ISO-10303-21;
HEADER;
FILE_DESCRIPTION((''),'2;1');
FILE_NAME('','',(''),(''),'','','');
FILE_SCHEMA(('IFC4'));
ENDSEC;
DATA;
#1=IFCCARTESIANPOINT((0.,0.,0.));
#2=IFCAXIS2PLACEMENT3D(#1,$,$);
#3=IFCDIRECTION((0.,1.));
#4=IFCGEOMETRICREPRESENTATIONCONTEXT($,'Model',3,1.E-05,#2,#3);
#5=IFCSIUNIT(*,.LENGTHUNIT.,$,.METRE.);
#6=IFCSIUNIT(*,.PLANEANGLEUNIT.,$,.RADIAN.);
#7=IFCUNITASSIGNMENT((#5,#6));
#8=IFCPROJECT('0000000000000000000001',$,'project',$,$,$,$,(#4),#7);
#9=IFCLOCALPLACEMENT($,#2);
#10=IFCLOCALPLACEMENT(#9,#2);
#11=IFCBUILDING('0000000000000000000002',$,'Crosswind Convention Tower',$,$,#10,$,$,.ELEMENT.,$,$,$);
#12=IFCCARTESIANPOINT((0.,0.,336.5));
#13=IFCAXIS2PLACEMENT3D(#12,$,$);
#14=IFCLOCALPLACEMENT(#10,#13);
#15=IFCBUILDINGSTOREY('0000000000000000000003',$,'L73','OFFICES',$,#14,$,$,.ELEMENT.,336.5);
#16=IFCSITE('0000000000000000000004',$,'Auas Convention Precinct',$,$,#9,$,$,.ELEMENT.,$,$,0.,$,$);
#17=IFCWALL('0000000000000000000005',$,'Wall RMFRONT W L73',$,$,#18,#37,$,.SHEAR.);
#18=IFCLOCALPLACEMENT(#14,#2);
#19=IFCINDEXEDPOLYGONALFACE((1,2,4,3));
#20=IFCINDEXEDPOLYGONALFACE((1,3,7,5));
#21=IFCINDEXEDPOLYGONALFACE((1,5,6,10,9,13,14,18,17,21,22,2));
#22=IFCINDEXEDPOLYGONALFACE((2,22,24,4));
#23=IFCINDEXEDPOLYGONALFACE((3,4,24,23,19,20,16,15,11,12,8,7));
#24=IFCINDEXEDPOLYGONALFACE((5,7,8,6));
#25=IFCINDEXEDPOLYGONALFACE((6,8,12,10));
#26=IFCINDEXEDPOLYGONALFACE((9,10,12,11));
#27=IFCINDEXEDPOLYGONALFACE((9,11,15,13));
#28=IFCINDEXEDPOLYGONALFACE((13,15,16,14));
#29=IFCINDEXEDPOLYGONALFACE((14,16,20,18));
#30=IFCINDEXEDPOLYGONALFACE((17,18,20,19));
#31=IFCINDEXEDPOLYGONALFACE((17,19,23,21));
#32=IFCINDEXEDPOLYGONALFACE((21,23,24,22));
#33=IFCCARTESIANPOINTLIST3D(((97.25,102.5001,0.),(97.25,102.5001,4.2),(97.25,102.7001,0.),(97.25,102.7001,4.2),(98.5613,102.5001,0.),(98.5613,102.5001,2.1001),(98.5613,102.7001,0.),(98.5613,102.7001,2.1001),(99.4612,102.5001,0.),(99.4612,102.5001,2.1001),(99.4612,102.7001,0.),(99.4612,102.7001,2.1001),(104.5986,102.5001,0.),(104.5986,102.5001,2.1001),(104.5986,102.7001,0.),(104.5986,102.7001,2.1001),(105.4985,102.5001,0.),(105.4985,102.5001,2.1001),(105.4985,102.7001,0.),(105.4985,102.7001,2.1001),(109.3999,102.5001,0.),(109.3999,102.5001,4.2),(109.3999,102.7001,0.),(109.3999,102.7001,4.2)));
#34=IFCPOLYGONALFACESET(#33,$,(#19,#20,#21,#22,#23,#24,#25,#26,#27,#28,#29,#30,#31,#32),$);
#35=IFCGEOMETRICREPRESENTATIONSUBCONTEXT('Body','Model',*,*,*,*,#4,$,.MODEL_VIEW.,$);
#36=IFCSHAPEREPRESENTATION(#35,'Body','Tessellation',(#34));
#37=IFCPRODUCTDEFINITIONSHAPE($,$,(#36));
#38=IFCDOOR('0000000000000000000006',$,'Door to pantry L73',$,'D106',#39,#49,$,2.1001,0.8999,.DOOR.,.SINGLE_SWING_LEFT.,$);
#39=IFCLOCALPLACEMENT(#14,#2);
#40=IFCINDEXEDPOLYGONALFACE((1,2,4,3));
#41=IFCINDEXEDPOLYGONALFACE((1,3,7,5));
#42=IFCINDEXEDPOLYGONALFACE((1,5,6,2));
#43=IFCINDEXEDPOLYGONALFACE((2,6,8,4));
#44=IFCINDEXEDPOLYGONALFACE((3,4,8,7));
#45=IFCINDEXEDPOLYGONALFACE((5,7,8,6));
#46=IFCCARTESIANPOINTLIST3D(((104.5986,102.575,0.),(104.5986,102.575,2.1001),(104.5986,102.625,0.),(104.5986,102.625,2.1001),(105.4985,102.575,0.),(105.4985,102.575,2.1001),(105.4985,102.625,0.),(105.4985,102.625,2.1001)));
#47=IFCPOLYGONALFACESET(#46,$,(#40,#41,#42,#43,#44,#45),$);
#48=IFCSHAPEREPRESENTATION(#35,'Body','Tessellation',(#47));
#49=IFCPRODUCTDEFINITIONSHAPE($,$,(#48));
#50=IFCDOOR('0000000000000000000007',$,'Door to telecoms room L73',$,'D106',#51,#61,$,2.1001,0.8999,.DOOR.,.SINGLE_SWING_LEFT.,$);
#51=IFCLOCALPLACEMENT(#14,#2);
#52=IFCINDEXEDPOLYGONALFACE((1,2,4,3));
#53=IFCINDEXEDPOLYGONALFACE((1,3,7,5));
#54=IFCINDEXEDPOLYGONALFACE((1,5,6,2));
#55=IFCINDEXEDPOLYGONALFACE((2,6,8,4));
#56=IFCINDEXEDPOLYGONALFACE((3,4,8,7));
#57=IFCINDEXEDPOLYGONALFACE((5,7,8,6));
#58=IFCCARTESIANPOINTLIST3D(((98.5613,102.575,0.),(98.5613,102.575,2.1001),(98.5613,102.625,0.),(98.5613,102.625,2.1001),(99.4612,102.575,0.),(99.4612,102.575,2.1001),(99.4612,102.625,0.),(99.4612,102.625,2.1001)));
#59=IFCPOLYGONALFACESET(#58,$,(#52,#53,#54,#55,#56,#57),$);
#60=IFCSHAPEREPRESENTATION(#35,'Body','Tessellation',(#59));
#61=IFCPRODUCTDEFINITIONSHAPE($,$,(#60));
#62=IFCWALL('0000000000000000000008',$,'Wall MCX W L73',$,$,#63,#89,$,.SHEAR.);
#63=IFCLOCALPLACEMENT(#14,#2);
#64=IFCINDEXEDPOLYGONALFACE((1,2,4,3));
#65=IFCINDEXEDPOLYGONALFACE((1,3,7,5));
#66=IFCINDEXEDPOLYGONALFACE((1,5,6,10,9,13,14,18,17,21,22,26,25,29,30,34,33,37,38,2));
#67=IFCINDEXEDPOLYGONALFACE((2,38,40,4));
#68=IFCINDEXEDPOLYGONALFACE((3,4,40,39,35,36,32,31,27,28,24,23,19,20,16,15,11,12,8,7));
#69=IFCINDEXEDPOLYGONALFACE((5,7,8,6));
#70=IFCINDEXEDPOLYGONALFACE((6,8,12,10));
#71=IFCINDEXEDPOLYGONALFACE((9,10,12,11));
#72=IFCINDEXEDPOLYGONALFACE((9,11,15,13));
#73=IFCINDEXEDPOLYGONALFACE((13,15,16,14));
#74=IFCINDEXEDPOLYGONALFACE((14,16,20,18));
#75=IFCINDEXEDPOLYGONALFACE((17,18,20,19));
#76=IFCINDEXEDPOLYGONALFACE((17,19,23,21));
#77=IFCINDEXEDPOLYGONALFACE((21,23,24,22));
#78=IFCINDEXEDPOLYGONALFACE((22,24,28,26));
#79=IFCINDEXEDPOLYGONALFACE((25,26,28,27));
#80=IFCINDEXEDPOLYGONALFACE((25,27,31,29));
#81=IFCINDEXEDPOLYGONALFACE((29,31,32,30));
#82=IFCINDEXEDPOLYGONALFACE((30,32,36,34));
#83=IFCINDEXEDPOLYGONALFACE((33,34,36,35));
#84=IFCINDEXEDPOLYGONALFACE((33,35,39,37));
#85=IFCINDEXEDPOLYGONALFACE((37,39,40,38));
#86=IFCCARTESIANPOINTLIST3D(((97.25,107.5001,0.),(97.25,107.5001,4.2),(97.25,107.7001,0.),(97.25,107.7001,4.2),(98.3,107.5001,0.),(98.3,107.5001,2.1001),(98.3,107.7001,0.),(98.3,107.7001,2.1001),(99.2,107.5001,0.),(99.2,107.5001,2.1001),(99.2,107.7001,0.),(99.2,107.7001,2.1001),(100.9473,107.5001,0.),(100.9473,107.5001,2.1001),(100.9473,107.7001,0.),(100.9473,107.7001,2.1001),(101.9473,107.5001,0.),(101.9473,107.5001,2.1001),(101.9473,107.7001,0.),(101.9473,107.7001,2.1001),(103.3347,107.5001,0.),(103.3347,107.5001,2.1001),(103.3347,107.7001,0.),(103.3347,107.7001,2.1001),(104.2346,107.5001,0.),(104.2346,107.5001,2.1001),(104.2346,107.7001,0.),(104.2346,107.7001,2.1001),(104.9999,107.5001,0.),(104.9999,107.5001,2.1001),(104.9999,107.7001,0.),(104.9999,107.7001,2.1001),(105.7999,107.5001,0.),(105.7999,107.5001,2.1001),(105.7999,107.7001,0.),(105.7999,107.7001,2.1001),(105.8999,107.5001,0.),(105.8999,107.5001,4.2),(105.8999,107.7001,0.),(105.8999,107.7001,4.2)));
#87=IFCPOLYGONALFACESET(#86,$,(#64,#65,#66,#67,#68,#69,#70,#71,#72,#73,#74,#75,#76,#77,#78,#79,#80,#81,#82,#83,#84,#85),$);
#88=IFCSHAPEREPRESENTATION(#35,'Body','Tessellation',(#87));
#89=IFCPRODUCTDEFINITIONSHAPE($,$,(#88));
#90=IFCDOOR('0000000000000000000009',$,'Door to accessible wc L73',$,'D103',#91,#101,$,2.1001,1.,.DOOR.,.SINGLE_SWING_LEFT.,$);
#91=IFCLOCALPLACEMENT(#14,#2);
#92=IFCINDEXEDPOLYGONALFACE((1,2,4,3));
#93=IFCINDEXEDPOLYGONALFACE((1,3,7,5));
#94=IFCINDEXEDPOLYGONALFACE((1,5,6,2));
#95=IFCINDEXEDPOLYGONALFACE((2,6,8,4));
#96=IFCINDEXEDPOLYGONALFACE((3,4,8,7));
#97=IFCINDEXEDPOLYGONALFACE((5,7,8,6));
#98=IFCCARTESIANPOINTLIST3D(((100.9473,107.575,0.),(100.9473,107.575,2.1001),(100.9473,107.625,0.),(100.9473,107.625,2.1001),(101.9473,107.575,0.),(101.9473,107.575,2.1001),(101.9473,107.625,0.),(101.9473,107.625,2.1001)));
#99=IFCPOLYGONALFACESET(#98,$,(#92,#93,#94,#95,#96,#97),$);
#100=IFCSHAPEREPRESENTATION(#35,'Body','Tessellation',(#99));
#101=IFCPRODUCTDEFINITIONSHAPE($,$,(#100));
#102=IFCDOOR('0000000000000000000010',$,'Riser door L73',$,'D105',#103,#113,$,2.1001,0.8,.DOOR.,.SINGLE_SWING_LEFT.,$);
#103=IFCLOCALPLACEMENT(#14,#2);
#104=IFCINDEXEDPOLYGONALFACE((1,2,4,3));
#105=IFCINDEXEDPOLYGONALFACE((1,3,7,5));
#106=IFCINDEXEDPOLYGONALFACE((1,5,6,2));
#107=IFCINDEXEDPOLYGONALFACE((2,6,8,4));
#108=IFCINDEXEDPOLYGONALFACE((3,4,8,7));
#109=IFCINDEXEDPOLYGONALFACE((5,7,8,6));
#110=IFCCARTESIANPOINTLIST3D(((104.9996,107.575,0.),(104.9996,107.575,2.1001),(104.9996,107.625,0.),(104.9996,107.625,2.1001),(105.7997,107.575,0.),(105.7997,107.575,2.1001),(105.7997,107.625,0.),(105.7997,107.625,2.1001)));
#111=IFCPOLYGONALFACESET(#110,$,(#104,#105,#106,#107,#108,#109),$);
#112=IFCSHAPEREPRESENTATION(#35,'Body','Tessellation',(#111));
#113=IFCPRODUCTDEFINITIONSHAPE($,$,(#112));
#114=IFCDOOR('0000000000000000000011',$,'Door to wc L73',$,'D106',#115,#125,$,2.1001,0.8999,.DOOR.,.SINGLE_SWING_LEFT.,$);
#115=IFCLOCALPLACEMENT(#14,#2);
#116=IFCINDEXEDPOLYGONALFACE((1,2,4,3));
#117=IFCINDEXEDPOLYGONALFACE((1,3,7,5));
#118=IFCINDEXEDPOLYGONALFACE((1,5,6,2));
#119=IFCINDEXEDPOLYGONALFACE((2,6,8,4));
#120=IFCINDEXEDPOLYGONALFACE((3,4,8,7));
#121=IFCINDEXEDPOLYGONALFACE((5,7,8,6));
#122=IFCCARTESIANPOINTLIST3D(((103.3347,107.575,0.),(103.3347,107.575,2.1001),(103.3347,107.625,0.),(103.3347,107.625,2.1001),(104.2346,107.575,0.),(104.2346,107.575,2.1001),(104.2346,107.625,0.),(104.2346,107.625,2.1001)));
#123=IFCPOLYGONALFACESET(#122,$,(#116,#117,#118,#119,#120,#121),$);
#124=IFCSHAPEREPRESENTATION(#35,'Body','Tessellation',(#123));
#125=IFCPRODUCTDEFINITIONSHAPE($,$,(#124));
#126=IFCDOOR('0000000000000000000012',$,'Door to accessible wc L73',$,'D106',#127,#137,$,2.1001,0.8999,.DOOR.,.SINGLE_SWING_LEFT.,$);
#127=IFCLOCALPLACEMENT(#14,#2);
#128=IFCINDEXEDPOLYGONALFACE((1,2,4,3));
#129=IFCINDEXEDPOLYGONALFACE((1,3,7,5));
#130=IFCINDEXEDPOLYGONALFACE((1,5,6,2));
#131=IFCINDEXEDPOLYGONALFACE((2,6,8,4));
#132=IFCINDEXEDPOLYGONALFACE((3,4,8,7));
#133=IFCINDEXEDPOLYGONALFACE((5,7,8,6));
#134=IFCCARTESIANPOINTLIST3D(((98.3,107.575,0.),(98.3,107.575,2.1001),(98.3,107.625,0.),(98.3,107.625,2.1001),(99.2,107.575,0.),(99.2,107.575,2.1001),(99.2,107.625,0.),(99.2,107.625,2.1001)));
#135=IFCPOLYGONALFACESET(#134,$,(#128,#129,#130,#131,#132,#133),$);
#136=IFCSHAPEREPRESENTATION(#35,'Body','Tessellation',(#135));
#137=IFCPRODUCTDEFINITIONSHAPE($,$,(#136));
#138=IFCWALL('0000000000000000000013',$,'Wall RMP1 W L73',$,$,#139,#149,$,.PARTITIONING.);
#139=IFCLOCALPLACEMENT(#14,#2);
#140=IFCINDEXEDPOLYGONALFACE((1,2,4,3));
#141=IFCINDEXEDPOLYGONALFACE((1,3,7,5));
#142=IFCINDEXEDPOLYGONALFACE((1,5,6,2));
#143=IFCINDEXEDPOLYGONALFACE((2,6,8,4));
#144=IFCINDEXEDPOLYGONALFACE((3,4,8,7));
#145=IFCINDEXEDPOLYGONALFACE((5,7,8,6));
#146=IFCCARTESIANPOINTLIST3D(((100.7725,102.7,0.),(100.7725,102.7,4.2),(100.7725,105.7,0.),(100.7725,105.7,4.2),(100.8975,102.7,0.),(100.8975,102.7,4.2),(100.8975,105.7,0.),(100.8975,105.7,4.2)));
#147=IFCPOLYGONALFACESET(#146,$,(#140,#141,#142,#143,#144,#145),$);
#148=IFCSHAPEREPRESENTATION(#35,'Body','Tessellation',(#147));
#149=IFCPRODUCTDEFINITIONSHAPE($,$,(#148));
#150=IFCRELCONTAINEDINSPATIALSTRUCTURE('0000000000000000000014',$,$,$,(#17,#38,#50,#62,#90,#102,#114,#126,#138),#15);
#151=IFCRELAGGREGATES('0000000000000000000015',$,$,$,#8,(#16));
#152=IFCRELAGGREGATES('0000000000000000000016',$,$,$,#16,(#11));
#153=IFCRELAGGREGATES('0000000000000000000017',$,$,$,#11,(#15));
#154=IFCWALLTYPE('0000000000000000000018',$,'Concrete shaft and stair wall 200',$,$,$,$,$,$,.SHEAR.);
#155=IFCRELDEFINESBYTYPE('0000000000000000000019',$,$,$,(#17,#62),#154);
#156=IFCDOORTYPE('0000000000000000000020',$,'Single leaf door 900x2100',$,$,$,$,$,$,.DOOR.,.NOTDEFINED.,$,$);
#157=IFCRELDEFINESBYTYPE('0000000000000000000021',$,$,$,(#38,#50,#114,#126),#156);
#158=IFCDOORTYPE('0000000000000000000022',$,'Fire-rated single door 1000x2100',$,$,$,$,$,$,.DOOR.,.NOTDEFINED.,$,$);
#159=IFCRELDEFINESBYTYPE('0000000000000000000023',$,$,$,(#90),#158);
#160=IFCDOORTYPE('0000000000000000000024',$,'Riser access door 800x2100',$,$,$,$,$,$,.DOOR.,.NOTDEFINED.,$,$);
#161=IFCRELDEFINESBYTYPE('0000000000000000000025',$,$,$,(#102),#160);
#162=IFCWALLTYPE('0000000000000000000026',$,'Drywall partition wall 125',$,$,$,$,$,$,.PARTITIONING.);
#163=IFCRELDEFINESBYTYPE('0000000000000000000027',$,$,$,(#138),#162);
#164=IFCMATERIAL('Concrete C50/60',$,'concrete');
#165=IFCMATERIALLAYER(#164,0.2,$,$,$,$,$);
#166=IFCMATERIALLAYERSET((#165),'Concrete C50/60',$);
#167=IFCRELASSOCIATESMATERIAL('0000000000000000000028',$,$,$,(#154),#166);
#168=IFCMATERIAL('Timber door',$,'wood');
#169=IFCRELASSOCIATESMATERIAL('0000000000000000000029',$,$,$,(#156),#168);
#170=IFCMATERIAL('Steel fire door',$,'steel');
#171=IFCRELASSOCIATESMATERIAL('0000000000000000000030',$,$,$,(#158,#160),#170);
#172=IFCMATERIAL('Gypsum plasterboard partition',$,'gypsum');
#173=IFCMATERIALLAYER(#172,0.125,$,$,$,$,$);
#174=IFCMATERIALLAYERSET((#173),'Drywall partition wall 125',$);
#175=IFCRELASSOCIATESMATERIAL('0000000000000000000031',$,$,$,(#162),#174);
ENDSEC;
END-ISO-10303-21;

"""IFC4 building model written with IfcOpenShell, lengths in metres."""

from ifc_helpers import new_model, si_unit, direction, frame, frame_2d, origin, place, context, subcontext, project, spatial, rectangle, extrude, material, layer, layer_set, type_object, element, fill, save


model = new_model("IFC4")

# Units and contexts
model_context = context("Model", 3, precision=1e-05, world=origin(), true_north=direction((0.0, 1.0)))
body_context = subcontext(model_context, "Body", "Model", "MODEL_VIEW")
ifc_project = project(units=[si_unit("LENGTHUNIT", "METRE"), si_unit("PLANEANGLEUNIT", "RADIAN")], contexts=[model_context])

# Site, building, storey
site_placement = place(None, origin())
site = spatial("IfcSite", under=ifc_project, at=site_placement, Name="Auas Convention Precinct", CompositionType="ELEMENT", RefElevation=0.0)
building_placement = place(site_placement, origin())
building = spatial("IfcBuilding", under=site, at=building_placement, Name="Crosswind Convention Tower", CompositionType="ELEMENT")
storey_placement = place(building_placement, frame((0.0, 0.0, 336.5)))
storey = spatial("IfcBuildingStorey", under=building, at=storey_placement, Name="L73", Description="OFFICES", CompositionType="ELEMENT", Elevation=336.5)

# Shared definitions
ifc_material_1 = material(Name="Concrete C50/60", Category="concrete")
ifc_layer_1 = layer(ifc_material_1, 0.2)
ifc_layer_set_1 = layer_set([ifc_layer_1], Name="Concrete C50/60")
wall_type_1 = type_object("IfcWallType", Name="Concrete shaft and stair wall 200", PredefinedType="SHEAR", material=ifc_layer_set_1)

# Walls, openings, doors
wall_1_placement = place(storey_placement, frame((109.3999, 102.6001, 0.0), z_axis=(0.0, 0.0, 1.0), x_axis=(-1.0, 0.0, 0.0)))
wall_1 = element("IfcWall", 1, at=wall_1_placement, inside=storey, type_object=wall_type_1, Name="Wall RMFRONT W L73", PredefinedType="SHEAR", context=body_context, shape_type="SweptSolid", body=[
    extrude(rectangle(XDim=12.1499, YDim=0.2, at=frame_2d((6.075, 0.0))), origin(), (0.0, 0.0, 1.0), 4.2),
])
opening_1_placement = place(wall_1_placement, frame((3.9014, 0.0, 0.0)))
opening_1 = element("IfcOpeningElement", 2, at=opening_1_placement, cuts=wall_1, PredefinedType="OPENING", context=body_context, shape_type="SweptSolid", body=[
    extrude(rectangle(XDim=0.8999, YDim=2.1001, at=frame_2d((0.45, 1.05))), frame((0.0, 0.1099, 0.0), z_axis=(0.0, -1.0, 0.0), x_axis=(1.0, 0.0, 0.0)), (0.0, 0.0, 1.0), 0.22),
])
opening_2_placement = place(wall_1_placement, frame((9.9387, 0.0, 0.0)))
opening_2 = element("IfcOpeningElement", 3, at=opening_2_placement, cuts=wall_1, PredefinedType="OPENING", context=body_context, shape_type="SweptSolid", body=[
    extrude(rectangle(XDim=0.8999, YDim=2.1001, at=frame_2d((0.45, 1.05))), frame((0.0, 0.1099, 0.0), z_axis=(0.0, -1.0, 0.0), x_axis=(1.0, 0.0, 0.0)), (0.0, 0.0, 1.0), 0.22),
])
ifc_material_2 = material(Name="Timber door", Category="wood")
door_type_1 = type_object("IfcDoorType", Name="Single leaf door 900x2100", OperationType="NOTDEFINED", PredefinedType="DOOR", material=ifc_material_2)
door_1_placement = place(opening_1_placement, frame((0.8999, 0.0, 0.0), z_axis=(0.0, 0.0, 1.0), x_axis=(-1.0, 0.0, 0.0)))
door_1 = element("IfcDoor", 4, at=door_1_placement, inside=storey, type_object=door_type_1, Name="Door to pantry L73", ObjectType="D106", OperationType="SINGLE_SWING_LEFT", OverallHeight=2.1001, OverallWidth=0.8999, PredefinedType="DOOR", context=body_context, shape_type="SweptSolid", body=[
    extrude(rectangle(XDim=0.8999, YDim=2.1001, at=frame_2d((0.45, 1.05))), frame((0.0, 0.0249, 0.0), z_axis=(0.0, -1.0, 0.0), x_axis=(1.0, 0.0, 0.0)), (0.0, 0.0, 1.0), 0.05),
])
fill(opening_1, door_1)
door_2_placement = place(opening_2_placement, frame((0.8999, 0.0, 0.0), z_axis=(0.0, 0.0, 1.0), x_axis=(-1.0, 0.0, 0.0)))
door_2 = element("IfcDoor", 5, at=door_2_placement, inside=storey, type_object=door_type_1, Name="Door to telecoms room L73", ObjectType="D106", OperationType="SINGLE_SWING_LEFT", OverallHeight=2.1001, OverallWidth=0.8999, PredefinedType="DOOR", context=body_context, shape_type="SweptSolid", body=[
    extrude(rectangle(XDim=0.8999, YDim=2.1001, at=frame_2d((0.45, 1.05))), frame((0.0, 0.0249, 0.0), z_axis=(0.0, -1.0, 0.0), x_axis=(1.0, 0.0, 0.0)), (0.0, 0.0, 1.0), 0.05),
])
fill(opening_2, door_2)
wall_2_placement = place(storey_placement, frame((105.8999, 107.6001, 0.0), z_axis=(0.0, 0.0, 1.0), x_axis=(-1.0, 0.0, 0.0)))
wall_2 = element("IfcWall", 6, at=wall_2_placement, inside=storey, type_object=wall_type_1, Name="Wall MCX W L73", PredefinedType="SHEAR", context=body_context, shape_type="SweptSolid", body=[
    extrude(rectangle(XDim=8.6499, YDim=0.2, at=frame_2d((4.325, 0.0))), origin(), (0.0, 0.0, 1.0), 4.2),
])
opening_3_placement = place(wall_2_placement, frame((0.1001, 0.0, 0.0)))
opening_3 = element("IfcOpeningElement", 7, at=opening_3_placement, cuts=wall_2, PredefinedType="OPENING", context=body_context, shape_type="SweptSolid", body=[
    extrude(rectangle(XDim=0.8, YDim=2.1001, at=frame_2d((0.3999, 1.05))), frame((0.0, 0.1099, 0.0), z_axis=(0.0, -1.0, 0.0), x_axis=(1.0, 0.0, 0.0)), (0.0, 0.0, 1.0), 0.22),
])
opening_4_placement = place(wall_2_placement, frame((1.6653, 0.0, 0.0)))
opening_4 = element("IfcOpeningElement", 8, at=opening_4_placement, cuts=wall_2, PredefinedType="OPENING", context=body_context, shape_type="SweptSolid", body=[
    extrude(rectangle(XDim=0.8999, YDim=2.1001, at=frame_2d((0.45, 1.05))), frame((0.0, 0.1099, 0.0), z_axis=(0.0, -1.0, 0.0), x_axis=(1.0, 0.0, 0.0)), (0.0, 0.0, 1.0), 0.22),
])
opening_5_placement = place(wall_2_placement, frame((3.9526, 0.0, 0.0)))
opening_5 = element("IfcOpeningElement", 9, at=opening_5_placement, cuts=wall_2, PredefinedType="OPENING", context=body_context, shape_type="SweptSolid", body=[
    extrude(rectangle(XDim=1.0, YDim=2.1001, at=frame_2d((0.5, 1.05))), frame((0.0, 0.1099, 0.0), z_axis=(0.0, -1.0, 0.0), x_axis=(1.0, 0.0, 0.0)), (0.0, 0.0, 1.0), 0.22),
])
opening_6_placement = place(wall_2_placement, frame((6.7, 0.0, 0.0)))
opening_6 = element("IfcOpeningElement", 10, at=opening_6_placement, cuts=wall_2, PredefinedType="OPENING", context=body_context, shape_type="SweptSolid", body=[
    extrude(rectangle(XDim=0.8999, YDim=2.1001, at=frame_2d((0.45, 1.05))), frame((0.0, 0.1099, 0.0), z_axis=(0.0, -1.0, 0.0), x_axis=(1.0, 0.0, 0.0)), (0.0, 0.0, 1.0), 0.22),
])
ifc_material_3 = material(Name="Steel fire door", Category="steel")
door_type_2 = type_object("IfcDoorType", Name="Fire-rated single door 1000x2100", OperationType="NOTDEFINED", PredefinedType="DOOR", material=ifc_material_3)
door_3_placement = place(opening_5_placement, frame((1.0, 0.0, 0.0), z_axis=(0.0, 0.0, 1.0), x_axis=(-1.0, 0.0, 0.0)))
door_3 = element("IfcDoor", 11, at=door_3_placement, inside=storey, type_object=door_type_2, Name="Door to accessible wc L73", ObjectType="D103", OperationType="SINGLE_SWING_LEFT", OverallHeight=2.1001, OverallWidth=1.0, PredefinedType="DOOR", context=body_context, shape_type="SweptSolid", body=[
    extrude(rectangle(XDim=1.0, YDim=2.1001, at=frame_2d((0.5, 1.05))), frame((0.0, 0.0249, 0.0), z_axis=(0.0, -1.0, 0.0), x_axis=(1.0, 0.0, 0.0)), (0.0, 0.0, 1.0), 0.05),
])
fill(opening_5, door_3)
door_type_3 = type_object("IfcDoorType", Name="Riser access door 800x2100", OperationType="NOTDEFINED", PredefinedType="DOOR", material=ifc_material_3)
door_4_placement = place(opening_3_placement, frame((0.8, 0.0, 0.0), z_axis=(0.0, 0.0, 1.0), x_axis=(-1.0, 0.0, 0.0)))
door_4 = element("IfcDoor", 12, at=door_4_placement, inside=storey, type_object=door_type_3, Name="Riser door L73", ObjectType="D105", OperationType="SINGLE_SWING_LEFT", OverallHeight=2.1001, OverallWidth=0.8, PredefinedType="DOOR", context=body_context, shape_type="SweptSolid", body=[
    extrude(rectangle(XDim=0.8, YDim=2.1001, at=frame_2d((0.3999, 1.05))), frame((0.0, 0.0249, 0.0), z_axis=(0.0, -1.0, 0.0), x_axis=(1.0, 0.0, 0.0)), (0.0, 0.0, 1.0), 0.05),
])
fill(opening_3, door_4)
door_5_placement = place(opening_4_placement, frame((0.8999, 0.0, 0.0), z_axis=(0.0, 0.0, 1.0), x_axis=(-1.0, 0.0, 0.0)))
door_5 = element("IfcDoor", 13, at=door_5_placement, inside=storey, type_object=door_type_1, Name="Door to wc L73", ObjectType="D106", OperationType="SINGLE_SWING_LEFT", OverallHeight=2.1001, OverallWidth=0.8999, PredefinedType="DOOR", context=body_context, shape_type="SweptSolid", body=[
    extrude(rectangle(XDim=0.8999, YDim=2.1001, at=frame_2d((0.45, 1.05))), frame((0.0, 0.0249, 0.0), z_axis=(0.0, -1.0, 0.0), x_axis=(1.0, 0.0, 0.0)), (0.0, 0.0, 1.0), 0.05),
])
fill(opening_4, door_5)
door_6_placement = place(opening_6_placement, frame((0.8999, 0.0, 0.0), z_axis=(0.0, 0.0, 1.0), x_axis=(-1.0, 0.0, 0.0)))
door_6 = element("IfcDoor", 14, at=door_6_placement, inside=storey, type_object=door_type_1, Name="Door to accessible wc L73", ObjectType="D106", OperationType="SINGLE_SWING_LEFT", OverallHeight=2.1001, OverallWidth=0.8999, PredefinedType="DOOR", context=body_context, shape_type="SweptSolid", body=[
    extrude(rectangle(XDim=0.8999, YDim=2.1001, at=frame_2d((0.45, 1.05))), frame((0.0, 0.0249, 0.0), z_axis=(0.0, -1.0, 0.0), x_axis=(1.0, 0.0, 0.0)), (0.0, 0.0, 1.0), 0.05),
])
fill(opening_6, door_6)

# Wall
ifc_material_4 = material(Name="Gypsum plasterboard partition", Category="gypsum")
ifc_layer_2 = layer(ifc_material_4, 0.125)
ifc_layer_set_2 = layer_set([ifc_layer_2], Name="Drywall partition wall 125")
wall_type_2 = type_object("IfcWallType", Name="Drywall partition wall 125", PredefinedType="PARTITIONING", material=ifc_layer_set_2)
wall_3_placement = place(storey_placement, frame((100.835, 105.7, 0.0), z_axis=(0.0, 0.0, 1.0), x_axis=(0.0, -1.0, 0.0)))
element("IfcWall", 15, at=wall_3_placement, inside=storey, type_object=wall_type_2, Name="Wall RMP1 W L73", PredefinedType="PARTITIONING", context=body_context, shape_type="SweptSolid", body=[
    extrude(rectangle(XDim=3.0, YDim=0.125, at=frame_2d((1.5, 0.0))), origin(), (0.0, 0.0, 1.0), 4.2),
])

save(model, "model.ifc")
